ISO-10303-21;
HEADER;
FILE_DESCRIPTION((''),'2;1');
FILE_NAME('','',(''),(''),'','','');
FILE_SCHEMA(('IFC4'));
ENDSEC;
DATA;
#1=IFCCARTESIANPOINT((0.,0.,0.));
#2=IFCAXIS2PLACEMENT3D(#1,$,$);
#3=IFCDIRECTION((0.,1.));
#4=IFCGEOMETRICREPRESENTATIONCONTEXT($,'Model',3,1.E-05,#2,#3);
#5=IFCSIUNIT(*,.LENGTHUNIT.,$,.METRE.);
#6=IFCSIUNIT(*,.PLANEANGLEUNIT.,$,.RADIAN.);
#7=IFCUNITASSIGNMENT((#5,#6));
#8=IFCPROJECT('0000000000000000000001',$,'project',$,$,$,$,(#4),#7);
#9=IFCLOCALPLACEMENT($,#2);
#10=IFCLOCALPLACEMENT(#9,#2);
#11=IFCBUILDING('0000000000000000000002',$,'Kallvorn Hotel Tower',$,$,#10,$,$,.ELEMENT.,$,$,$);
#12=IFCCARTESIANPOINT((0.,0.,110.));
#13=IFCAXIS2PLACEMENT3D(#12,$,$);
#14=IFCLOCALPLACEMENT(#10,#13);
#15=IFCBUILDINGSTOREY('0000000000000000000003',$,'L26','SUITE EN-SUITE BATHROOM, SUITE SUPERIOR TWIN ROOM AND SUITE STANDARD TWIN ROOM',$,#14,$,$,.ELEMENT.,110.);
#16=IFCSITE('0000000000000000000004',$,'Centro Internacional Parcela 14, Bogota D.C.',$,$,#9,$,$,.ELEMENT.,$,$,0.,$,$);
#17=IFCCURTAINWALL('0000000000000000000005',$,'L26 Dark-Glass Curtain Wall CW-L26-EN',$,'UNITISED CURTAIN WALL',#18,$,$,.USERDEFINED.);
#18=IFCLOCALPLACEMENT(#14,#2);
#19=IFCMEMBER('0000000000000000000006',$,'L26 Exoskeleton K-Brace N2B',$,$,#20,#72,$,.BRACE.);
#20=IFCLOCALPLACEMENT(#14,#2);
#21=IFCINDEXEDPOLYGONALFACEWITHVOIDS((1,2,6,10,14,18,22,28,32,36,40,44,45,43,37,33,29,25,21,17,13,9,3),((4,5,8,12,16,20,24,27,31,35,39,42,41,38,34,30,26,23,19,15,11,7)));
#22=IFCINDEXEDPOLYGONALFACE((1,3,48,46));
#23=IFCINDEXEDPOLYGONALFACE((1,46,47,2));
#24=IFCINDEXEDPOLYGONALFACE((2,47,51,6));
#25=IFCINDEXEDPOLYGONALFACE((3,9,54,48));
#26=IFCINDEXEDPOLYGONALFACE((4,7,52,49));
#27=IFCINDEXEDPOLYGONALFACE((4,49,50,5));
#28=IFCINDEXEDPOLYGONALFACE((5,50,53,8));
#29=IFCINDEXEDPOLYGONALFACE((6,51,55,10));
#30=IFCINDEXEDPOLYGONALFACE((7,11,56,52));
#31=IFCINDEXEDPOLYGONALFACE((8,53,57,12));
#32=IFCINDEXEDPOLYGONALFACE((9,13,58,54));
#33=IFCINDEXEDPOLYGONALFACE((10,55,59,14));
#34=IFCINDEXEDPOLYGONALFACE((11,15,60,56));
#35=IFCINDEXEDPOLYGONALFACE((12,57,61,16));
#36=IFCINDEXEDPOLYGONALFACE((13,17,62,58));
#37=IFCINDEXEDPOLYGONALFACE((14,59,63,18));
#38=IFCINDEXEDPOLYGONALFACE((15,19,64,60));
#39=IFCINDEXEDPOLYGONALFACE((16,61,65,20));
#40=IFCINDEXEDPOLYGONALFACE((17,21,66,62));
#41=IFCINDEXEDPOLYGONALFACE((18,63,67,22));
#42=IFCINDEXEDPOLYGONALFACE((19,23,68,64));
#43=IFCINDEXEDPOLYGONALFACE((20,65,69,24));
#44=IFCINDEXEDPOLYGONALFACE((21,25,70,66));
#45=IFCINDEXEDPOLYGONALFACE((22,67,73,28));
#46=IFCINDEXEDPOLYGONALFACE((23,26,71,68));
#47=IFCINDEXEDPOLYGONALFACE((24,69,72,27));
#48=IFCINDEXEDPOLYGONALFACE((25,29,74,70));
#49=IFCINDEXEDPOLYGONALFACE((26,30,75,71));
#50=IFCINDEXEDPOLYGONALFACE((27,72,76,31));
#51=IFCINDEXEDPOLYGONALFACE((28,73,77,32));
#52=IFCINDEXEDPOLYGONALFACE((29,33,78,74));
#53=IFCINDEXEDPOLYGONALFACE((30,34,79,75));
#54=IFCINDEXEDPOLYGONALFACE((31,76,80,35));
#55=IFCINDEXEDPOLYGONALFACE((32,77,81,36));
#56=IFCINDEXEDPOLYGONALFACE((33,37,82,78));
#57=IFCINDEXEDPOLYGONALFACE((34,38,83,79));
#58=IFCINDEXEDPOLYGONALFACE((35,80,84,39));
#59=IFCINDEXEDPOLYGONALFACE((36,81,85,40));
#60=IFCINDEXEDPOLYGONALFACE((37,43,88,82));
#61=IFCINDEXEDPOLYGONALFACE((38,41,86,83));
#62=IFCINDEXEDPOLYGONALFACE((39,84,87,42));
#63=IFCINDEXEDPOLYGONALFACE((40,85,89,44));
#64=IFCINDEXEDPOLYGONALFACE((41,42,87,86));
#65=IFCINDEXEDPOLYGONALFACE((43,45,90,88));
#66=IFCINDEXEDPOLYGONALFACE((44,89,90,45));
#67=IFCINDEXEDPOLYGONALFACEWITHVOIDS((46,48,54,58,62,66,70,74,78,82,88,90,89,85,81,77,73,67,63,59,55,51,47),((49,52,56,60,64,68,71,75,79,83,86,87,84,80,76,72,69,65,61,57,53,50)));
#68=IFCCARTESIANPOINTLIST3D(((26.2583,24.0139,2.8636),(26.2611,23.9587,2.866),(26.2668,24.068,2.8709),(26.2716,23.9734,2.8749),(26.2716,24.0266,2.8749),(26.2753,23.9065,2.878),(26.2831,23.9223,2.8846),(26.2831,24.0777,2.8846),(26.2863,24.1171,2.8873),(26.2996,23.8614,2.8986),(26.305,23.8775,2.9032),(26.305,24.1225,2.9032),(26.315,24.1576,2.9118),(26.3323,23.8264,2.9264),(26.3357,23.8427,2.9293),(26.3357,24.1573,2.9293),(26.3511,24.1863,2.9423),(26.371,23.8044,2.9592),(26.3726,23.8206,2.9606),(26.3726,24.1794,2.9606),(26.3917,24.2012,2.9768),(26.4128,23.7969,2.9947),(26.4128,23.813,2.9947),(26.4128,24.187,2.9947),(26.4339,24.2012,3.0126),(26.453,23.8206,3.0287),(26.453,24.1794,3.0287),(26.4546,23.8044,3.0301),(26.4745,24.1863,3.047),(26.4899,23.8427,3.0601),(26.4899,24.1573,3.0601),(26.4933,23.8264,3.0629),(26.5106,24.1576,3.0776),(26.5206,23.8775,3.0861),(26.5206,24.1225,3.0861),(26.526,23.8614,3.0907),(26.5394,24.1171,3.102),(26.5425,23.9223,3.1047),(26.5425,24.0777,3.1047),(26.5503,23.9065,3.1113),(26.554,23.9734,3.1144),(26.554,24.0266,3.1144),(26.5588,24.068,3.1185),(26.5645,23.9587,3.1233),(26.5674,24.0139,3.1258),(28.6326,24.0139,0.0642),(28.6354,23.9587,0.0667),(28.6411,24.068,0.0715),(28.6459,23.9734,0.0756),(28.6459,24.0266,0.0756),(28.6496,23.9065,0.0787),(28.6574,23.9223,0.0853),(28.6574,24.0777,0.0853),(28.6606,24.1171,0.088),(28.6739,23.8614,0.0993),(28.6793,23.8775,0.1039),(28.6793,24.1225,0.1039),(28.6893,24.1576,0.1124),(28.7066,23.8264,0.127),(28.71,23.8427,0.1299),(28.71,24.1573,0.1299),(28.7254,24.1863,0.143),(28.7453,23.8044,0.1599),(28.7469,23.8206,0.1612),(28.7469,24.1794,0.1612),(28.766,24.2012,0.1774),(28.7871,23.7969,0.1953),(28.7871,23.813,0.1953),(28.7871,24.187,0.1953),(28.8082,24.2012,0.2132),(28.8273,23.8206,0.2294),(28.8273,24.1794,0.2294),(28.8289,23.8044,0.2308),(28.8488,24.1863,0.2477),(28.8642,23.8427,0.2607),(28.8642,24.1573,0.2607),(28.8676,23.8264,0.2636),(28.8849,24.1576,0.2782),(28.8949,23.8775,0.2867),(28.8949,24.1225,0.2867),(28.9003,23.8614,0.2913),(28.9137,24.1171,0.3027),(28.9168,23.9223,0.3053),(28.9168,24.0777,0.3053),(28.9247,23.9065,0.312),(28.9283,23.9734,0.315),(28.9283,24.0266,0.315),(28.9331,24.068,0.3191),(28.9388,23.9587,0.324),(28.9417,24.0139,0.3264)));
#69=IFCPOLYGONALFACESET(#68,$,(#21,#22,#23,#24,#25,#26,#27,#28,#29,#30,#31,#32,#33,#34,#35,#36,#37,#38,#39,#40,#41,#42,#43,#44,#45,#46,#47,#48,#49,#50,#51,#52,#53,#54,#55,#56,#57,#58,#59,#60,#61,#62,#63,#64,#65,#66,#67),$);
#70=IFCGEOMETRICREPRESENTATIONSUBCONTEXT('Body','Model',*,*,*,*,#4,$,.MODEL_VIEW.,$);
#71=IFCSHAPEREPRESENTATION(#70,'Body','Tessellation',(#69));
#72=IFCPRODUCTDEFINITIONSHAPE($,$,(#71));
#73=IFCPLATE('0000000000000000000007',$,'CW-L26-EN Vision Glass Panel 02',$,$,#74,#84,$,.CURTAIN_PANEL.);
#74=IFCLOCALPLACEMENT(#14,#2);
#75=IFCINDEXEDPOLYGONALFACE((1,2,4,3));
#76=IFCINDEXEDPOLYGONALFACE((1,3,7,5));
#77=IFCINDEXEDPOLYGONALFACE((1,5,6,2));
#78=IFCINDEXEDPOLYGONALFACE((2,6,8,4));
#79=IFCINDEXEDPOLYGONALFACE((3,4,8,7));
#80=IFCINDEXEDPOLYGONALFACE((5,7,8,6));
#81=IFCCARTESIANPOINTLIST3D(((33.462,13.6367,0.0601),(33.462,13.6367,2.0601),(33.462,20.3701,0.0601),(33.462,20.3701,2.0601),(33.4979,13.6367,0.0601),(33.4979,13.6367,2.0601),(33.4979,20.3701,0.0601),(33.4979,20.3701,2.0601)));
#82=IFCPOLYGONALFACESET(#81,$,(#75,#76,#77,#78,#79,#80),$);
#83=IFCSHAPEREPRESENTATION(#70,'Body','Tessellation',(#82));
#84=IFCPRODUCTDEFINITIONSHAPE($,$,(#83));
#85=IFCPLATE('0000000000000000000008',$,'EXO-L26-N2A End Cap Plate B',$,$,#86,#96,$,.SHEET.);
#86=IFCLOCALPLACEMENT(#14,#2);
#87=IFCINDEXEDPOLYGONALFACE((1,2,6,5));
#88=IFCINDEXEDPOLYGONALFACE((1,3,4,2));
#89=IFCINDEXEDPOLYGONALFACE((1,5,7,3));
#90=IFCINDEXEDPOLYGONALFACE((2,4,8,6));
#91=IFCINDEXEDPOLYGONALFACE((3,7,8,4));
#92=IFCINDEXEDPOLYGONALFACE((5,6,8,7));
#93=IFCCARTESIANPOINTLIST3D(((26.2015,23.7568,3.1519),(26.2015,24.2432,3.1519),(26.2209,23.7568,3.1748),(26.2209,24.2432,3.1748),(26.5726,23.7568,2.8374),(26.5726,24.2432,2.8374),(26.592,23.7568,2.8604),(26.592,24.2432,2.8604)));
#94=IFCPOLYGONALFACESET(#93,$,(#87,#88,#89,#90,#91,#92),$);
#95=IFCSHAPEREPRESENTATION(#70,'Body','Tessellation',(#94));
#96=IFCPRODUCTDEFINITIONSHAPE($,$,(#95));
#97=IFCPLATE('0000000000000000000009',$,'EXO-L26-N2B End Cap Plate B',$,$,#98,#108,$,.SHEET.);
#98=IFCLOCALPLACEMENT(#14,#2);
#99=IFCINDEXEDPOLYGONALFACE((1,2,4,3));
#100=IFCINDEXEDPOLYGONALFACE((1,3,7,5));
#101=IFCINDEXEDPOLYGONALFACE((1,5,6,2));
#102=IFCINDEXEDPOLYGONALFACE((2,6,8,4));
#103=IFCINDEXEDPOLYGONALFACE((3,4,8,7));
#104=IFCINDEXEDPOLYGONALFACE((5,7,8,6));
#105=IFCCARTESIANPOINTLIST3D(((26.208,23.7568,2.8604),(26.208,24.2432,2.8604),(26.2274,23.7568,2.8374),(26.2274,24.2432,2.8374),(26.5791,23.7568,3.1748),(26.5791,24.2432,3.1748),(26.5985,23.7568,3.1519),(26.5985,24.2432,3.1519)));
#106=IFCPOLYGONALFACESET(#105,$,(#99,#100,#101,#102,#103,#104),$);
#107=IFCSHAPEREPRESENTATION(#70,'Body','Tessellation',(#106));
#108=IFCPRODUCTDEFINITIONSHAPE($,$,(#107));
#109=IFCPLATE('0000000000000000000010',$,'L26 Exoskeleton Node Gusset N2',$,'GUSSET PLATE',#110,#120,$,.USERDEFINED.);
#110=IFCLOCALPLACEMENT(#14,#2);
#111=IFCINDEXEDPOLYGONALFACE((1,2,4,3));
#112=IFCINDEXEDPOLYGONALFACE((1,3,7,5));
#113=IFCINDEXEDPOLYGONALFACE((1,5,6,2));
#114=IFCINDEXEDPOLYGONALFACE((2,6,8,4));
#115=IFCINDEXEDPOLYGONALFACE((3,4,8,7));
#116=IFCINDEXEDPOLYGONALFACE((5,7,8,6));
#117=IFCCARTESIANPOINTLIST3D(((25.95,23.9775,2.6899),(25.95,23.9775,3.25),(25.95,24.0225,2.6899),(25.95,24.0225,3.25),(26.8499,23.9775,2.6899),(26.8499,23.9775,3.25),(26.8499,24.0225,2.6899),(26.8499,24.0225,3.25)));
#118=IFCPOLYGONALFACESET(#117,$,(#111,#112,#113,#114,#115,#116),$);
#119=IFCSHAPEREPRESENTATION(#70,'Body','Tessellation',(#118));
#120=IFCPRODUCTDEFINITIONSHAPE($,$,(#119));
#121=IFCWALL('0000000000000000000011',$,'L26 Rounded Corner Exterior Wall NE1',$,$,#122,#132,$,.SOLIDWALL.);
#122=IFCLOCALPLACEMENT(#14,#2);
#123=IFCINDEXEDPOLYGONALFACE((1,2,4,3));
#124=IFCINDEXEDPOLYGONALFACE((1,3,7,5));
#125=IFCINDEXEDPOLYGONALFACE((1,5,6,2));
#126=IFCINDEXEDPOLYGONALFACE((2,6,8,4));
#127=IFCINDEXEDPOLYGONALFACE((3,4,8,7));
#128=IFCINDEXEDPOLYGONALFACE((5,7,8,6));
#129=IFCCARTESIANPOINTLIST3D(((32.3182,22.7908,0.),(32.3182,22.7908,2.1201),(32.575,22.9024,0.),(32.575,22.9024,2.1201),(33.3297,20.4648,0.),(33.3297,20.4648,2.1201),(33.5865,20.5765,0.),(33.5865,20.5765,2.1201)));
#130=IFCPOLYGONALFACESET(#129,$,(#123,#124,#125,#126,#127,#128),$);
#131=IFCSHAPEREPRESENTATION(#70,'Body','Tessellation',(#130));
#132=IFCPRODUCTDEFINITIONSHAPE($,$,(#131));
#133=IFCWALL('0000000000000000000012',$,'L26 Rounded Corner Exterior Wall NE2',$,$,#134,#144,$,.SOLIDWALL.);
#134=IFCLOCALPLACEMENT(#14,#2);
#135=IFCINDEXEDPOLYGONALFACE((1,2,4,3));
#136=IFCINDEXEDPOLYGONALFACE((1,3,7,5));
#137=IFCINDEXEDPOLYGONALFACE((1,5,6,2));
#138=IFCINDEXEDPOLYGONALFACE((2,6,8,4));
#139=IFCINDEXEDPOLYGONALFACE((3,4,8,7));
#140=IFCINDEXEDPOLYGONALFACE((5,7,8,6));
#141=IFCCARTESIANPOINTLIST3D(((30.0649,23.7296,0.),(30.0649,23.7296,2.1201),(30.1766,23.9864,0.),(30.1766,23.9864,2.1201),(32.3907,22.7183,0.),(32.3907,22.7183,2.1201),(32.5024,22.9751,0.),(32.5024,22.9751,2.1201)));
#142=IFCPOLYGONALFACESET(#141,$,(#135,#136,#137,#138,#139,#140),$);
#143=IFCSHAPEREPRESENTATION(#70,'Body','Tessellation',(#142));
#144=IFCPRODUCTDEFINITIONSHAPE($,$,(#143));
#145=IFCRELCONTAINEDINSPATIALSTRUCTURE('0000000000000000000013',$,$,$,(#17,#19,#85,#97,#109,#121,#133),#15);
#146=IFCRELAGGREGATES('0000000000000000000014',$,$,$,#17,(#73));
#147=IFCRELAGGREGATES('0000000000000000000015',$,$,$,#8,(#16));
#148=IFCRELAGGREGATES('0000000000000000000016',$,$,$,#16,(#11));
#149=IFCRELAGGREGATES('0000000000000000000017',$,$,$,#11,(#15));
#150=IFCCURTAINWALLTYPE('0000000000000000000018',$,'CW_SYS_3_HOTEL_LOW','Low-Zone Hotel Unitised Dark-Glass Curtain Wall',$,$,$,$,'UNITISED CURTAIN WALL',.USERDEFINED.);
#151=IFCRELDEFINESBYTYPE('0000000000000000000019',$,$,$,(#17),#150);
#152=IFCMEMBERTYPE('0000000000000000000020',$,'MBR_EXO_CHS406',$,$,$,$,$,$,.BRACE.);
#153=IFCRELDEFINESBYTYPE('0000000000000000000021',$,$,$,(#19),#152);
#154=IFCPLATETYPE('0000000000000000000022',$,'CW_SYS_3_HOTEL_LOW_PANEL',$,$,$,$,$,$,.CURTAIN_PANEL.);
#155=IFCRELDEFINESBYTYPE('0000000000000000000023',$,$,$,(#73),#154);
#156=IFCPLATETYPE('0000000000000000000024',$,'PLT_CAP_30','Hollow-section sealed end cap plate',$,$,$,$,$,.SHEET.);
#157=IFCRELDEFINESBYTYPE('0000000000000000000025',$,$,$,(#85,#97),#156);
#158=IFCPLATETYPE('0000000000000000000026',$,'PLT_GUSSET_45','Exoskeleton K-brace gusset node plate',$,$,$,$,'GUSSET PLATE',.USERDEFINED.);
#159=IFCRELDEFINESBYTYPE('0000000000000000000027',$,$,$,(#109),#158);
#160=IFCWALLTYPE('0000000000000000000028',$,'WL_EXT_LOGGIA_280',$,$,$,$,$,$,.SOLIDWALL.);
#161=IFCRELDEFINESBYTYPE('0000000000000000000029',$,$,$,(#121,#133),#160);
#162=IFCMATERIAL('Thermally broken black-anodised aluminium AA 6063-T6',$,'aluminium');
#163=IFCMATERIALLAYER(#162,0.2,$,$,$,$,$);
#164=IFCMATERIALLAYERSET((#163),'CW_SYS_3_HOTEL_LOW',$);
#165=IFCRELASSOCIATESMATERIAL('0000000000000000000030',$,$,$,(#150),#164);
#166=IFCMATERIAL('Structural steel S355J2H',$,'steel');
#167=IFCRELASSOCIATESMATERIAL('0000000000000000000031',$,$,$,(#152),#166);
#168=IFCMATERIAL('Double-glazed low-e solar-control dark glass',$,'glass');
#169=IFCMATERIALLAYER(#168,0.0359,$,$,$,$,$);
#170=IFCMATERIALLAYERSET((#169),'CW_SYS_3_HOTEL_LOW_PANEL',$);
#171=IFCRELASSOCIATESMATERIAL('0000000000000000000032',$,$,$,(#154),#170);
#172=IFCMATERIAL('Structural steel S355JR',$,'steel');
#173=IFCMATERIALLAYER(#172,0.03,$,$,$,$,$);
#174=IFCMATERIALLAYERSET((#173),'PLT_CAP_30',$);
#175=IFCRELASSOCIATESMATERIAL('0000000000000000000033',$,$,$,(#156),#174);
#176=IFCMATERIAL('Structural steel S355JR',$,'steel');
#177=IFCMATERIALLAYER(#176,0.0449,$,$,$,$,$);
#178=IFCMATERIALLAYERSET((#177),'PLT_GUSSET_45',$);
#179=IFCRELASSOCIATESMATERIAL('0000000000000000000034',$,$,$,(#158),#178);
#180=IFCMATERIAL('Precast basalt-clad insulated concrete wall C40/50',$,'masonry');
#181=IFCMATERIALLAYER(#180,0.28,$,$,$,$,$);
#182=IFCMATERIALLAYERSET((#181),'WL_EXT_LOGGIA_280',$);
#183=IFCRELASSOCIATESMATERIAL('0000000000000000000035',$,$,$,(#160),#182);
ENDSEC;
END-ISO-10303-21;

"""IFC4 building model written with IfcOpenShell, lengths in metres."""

from ifc_helpers import new_model, si_unit, direction, frame, frame_2d, origin, origin_2d, place, context, subcontext, project, spatial, polyline, rectangle, hollow_circle, outline, extrude, material, layer, layer_set, material_profile, profile_set, type_object, element, aggregate, save


model = new_model("IFC4")

# Units and contexts
model_context = context("Model", 3, precision=1e-05, world=origin(), true_north=direction((0.0, 1.0)))
body_context = subcontext(model_context, "Body", "Model", "MODEL_VIEW")
ifc_project = project(units=[si_unit("LENGTHUNIT", "METRE"), si_unit("PLANEANGLEUNIT", "RADIAN")], contexts=[model_context])

# Site, building, storey
site_placement = place(None, origin())
site = spatial("IfcSite", under=ifc_project, at=site_placement, Name="Centro Internacional Parcela 14, Bogota D.C.", CompositionType="ELEMENT", RefElevation=0.0)
building_placement = place(site_placement, origin())
building = spatial("IfcBuilding", under=site, at=building_placement, Name="Kallvorn Hotel Tower", CompositionType="ELEMENT")
storey_placement = place(building_placement, frame((0.0, 0.0, 110.0)))
storey = spatial("IfcBuildingStorey", under=building, at=storey_placement, Name="L26", Description="SUITE EN-SUITE BATHROOM, SUITE SUPERIOR TWIN ROOM AND SUITE STANDARD TWIN ROOM", CompositionType="ELEMENT", Elevation=110.0)

# Curtain wall
ifc_material_1 = material(Name="Thermally broken black-anodised aluminium AA 6063-T6", Category="aluminium")
ifc_layer_1 = layer(ifc_material_1, 0.2)
ifc_layer_set_1 = layer_set([ifc_layer_1], Name="CW_SYS_3_HOTEL_LOW")
curtain_wall_type = type_object("IfcCurtainWallType", Name="CW_SYS_3_HOTEL_LOW", Description="Low-Zone Hotel Unitised Dark-Glass Curtain Wall", ElementType="UNITISED CURTAIN WALL", PredefinedType="USERDEFINED", material=ifc_layer_set_1)
curtain_wall_placement = place(storey_placement, origin())
curtain_wall = element("IfcCurtainWall", 1, at=curtain_wall_placement, inside=storey, type_object=curtain_wall_type, Name="L26 Dark-Glass Curtain Wall CW-L26-EN", ObjectType="UNITISED CURTAIN WALL", PredefinedType="USERDEFINED")

# Member
ifc_material_2 = material(Name="Structural steel S355J2H", Category="steel")
ifc_material_profile_1 = material_profile(ifc_material_2, hollow_circle(Radius=0.2031, WallThickness=0.0161, at=origin_2d()), Name="CHS 406.4x16")
ifc_profile_set_1 = profile_set([ifc_material_profile_1], Name="Structural steel S355J2H")
member_type_1 = type_object("IfcMemberType", Name="MBR_EXO_CHS406", PredefinedType="BRACE", material=ifc_profile_set_1)
for number, where, z_axis, x_axis, name in (
    (2, (28.7871, 24.0, 0.1953), (-0.646833, 0.0, 0.762631), (0.0, -1.0, 0.0), "L26 Exoskeleton K-Brace N2B"),
):
    element("IfcMember", number, at=place(storey_placement, frame(where, z_axis=z_axis, x_axis=x_axis)), inside=storey, type_object=member_type_1, Name=name, PredefinedType="BRACE", context=body_context, shape_type="SweptSolid", body=[
        extrude(hollow_circle(Radius=0.2031, WallThickness=0.0161, at=origin_2d()), origin(), (0.0, 0.0, 1.0), 3.6707),
    ])

# Plate
ifc_material_3 = material(Name="Double-glazed low-e solar-control dark glass", Category="glass")
ifc_layer_2 = layer(ifc_material_3, 0.0359)
ifc_layer_set_2 = layer_set([ifc_layer_2], Name="CW_SYS_3_HOTEL_LOW_PANEL")
plate_type_1 = type_object("IfcPlateType", Name="CW_SYS_3_HOTEL_LOW_PANEL", PredefinedType="CURTAIN_PANEL", material=ifc_layer_set_2)
plate_1_placement = place(storey_placement, frame((33.48, 17.0034, 0.0601), z_axis=(0.0, 0.0, 1.0), x_axis=(0.0, 1.0, 0.0)))
plate_1 = element("IfcPlate", 3, at=plate_1_placement, type_object=plate_type_1, Name="CW-L26-EN Vision Glass Panel 02", PredefinedType="CURTAIN_PANEL", context=body_context, shape_type="SweptSolid", body=[
    extrude(rectangle(XDim=6.7334, YDim=0.0359, at=origin_2d()), origin(), (0.0, 0.0, 1.0), 2.0),
])
aggregate(curtain_wall, [plate_1])

# Plates
ifc_material_4 = material(Name="Structural steel S355JR", Category="steel")
ifc_layer_3 = layer(ifc_material_4, 0.03)
ifc_layer_set_3 = layer_set([ifc_layer_3], Name="PLT_CAP_30")
plate_type_2 = type_object("IfcPlateType", Name="PLT_CAP_30", Description="Hollow-section sealed end cap plate", PredefinedType="SHEET", material=ifc_layer_set_3)
for number, where, z_axis, x_axis, name in (
    (4, (26.592, 23.7568, 2.8604), (0.646482, 0.0, 0.762929), (0.0, 1.0, 0.0), "EXO-L26-N2A End Cap Plate B"),
    (5, (26.208, 24.2432, 2.8604), (-0.646482, 0.0, 0.762929), (0.0, -1.0, 0.0), "EXO-L26-N2B End Cap Plate B"),
):
    element("IfcPlate", number, at=place(storey_placement, frame(where, z_axis=z_axis, x_axis=x_axis)), inside=storey, type_object=plate_type_2, Name=name, PredefinedType="SHEET", context=body_context, shape_type="SweptSolid", body=[
        extrude(outline(polyline([(0.0, 0.0), (0.4863, 0.0), (0.4863, 0.4864), (0.0, 0.4864), (0.0, 0.0)])), origin(), (0.0, 0.0, -1.0), 0.03),
    ])
ifc_material_5 = material(Name="Structural steel S355JR", Category="steel")
ifc_layer_4 = layer(ifc_material_5, 0.0449)
ifc_layer_set_4 = layer_set([ifc_layer_4], Name="PLT_GUSSET_45")
plate_type_3 = type_object("IfcPlateType", Name="PLT_GUSSET_45", Description="Exoskeleton K-brace gusset node plate", ElementType="GUSSET PLATE", PredefinedType="USERDEFINED", material=ifc_layer_set_4)
plate_2_placement = place(storey_placement, frame((26.3999, 24.0, 2.6899), z_axis=(0.0, 0.0, 1.0), x_axis=(1.0, 0.0, 0.0)))
element("IfcPlate", 6, at=plate_2_placement, inside=storey, type_object=plate_type_3, Name="L26 Exoskeleton Node Gusset N2", ObjectType="GUSSET PLATE", PredefinedType="USERDEFINED", context=body_context, shape_type="SweptSolid", body=[
    extrude(rectangle(XDim=0.8999, YDim=0.0449, at=origin_2d()), origin(), (0.0, 0.0, 1.0), 0.5601),
])

# Walls
ifc_material_6 = material(Name="Precast basalt-clad insulated concrete wall C40/50", Category="masonry")
ifc_layer_5 = layer(ifc_material_6, 0.28)
ifc_layer_set_5 = layer_set([ifc_layer_5], Name="WL_EXT_LOGGIA_280")
wall_type = type_object("IfcWallType", Name="WL_EXT_LOGGIA_280", PredefinedType="SOLIDWALL", material=ifc_layer_set_5)
wall_1_placement = place(storey_placement, frame((33.458, 20.5208, 0.0), z_axis=(0.0, 0.0, 1.0), x_axis=(-0.398793, 0.917041, 0.0)))
element("IfcWall", 7, at=wall_1_placement, inside=storey, type_object=wall_type, Name="L26 Rounded Corner Exterior Wall NE1", PredefinedType="SOLIDWALL", context=body_context, shape_type="SweptSolid", body=[
    extrude(rectangle(XDim=2.5364, YDim=0.28, at=frame_2d((1.2681, 0.0))), origin(), (0.0, 0.0, 1.0), 2.1201),
])
wall_2_placement = place(storey_placement, frame((32.4465, 22.8467, 0.0), z_axis=(0.0, 0.0, 1.0), x_axis=(-0.917061, 0.398747, 0.0)))
element("IfcWall", 8, at=wall_2_placement, inside=storey, type_object=wall_type, Name="L26 Rounded Corner Exterior Wall NE2", PredefinedType="SOLIDWALL", context=body_context, shape_type="SweptSolid", body=[
    extrude(rectangle(XDim=2.5361, YDim=0.28, at=frame_2d((1.2681, 0.0))), origin(), (0.0, 0.0, 1.0), 2.1201),
])

save(model, "model.ifc")
